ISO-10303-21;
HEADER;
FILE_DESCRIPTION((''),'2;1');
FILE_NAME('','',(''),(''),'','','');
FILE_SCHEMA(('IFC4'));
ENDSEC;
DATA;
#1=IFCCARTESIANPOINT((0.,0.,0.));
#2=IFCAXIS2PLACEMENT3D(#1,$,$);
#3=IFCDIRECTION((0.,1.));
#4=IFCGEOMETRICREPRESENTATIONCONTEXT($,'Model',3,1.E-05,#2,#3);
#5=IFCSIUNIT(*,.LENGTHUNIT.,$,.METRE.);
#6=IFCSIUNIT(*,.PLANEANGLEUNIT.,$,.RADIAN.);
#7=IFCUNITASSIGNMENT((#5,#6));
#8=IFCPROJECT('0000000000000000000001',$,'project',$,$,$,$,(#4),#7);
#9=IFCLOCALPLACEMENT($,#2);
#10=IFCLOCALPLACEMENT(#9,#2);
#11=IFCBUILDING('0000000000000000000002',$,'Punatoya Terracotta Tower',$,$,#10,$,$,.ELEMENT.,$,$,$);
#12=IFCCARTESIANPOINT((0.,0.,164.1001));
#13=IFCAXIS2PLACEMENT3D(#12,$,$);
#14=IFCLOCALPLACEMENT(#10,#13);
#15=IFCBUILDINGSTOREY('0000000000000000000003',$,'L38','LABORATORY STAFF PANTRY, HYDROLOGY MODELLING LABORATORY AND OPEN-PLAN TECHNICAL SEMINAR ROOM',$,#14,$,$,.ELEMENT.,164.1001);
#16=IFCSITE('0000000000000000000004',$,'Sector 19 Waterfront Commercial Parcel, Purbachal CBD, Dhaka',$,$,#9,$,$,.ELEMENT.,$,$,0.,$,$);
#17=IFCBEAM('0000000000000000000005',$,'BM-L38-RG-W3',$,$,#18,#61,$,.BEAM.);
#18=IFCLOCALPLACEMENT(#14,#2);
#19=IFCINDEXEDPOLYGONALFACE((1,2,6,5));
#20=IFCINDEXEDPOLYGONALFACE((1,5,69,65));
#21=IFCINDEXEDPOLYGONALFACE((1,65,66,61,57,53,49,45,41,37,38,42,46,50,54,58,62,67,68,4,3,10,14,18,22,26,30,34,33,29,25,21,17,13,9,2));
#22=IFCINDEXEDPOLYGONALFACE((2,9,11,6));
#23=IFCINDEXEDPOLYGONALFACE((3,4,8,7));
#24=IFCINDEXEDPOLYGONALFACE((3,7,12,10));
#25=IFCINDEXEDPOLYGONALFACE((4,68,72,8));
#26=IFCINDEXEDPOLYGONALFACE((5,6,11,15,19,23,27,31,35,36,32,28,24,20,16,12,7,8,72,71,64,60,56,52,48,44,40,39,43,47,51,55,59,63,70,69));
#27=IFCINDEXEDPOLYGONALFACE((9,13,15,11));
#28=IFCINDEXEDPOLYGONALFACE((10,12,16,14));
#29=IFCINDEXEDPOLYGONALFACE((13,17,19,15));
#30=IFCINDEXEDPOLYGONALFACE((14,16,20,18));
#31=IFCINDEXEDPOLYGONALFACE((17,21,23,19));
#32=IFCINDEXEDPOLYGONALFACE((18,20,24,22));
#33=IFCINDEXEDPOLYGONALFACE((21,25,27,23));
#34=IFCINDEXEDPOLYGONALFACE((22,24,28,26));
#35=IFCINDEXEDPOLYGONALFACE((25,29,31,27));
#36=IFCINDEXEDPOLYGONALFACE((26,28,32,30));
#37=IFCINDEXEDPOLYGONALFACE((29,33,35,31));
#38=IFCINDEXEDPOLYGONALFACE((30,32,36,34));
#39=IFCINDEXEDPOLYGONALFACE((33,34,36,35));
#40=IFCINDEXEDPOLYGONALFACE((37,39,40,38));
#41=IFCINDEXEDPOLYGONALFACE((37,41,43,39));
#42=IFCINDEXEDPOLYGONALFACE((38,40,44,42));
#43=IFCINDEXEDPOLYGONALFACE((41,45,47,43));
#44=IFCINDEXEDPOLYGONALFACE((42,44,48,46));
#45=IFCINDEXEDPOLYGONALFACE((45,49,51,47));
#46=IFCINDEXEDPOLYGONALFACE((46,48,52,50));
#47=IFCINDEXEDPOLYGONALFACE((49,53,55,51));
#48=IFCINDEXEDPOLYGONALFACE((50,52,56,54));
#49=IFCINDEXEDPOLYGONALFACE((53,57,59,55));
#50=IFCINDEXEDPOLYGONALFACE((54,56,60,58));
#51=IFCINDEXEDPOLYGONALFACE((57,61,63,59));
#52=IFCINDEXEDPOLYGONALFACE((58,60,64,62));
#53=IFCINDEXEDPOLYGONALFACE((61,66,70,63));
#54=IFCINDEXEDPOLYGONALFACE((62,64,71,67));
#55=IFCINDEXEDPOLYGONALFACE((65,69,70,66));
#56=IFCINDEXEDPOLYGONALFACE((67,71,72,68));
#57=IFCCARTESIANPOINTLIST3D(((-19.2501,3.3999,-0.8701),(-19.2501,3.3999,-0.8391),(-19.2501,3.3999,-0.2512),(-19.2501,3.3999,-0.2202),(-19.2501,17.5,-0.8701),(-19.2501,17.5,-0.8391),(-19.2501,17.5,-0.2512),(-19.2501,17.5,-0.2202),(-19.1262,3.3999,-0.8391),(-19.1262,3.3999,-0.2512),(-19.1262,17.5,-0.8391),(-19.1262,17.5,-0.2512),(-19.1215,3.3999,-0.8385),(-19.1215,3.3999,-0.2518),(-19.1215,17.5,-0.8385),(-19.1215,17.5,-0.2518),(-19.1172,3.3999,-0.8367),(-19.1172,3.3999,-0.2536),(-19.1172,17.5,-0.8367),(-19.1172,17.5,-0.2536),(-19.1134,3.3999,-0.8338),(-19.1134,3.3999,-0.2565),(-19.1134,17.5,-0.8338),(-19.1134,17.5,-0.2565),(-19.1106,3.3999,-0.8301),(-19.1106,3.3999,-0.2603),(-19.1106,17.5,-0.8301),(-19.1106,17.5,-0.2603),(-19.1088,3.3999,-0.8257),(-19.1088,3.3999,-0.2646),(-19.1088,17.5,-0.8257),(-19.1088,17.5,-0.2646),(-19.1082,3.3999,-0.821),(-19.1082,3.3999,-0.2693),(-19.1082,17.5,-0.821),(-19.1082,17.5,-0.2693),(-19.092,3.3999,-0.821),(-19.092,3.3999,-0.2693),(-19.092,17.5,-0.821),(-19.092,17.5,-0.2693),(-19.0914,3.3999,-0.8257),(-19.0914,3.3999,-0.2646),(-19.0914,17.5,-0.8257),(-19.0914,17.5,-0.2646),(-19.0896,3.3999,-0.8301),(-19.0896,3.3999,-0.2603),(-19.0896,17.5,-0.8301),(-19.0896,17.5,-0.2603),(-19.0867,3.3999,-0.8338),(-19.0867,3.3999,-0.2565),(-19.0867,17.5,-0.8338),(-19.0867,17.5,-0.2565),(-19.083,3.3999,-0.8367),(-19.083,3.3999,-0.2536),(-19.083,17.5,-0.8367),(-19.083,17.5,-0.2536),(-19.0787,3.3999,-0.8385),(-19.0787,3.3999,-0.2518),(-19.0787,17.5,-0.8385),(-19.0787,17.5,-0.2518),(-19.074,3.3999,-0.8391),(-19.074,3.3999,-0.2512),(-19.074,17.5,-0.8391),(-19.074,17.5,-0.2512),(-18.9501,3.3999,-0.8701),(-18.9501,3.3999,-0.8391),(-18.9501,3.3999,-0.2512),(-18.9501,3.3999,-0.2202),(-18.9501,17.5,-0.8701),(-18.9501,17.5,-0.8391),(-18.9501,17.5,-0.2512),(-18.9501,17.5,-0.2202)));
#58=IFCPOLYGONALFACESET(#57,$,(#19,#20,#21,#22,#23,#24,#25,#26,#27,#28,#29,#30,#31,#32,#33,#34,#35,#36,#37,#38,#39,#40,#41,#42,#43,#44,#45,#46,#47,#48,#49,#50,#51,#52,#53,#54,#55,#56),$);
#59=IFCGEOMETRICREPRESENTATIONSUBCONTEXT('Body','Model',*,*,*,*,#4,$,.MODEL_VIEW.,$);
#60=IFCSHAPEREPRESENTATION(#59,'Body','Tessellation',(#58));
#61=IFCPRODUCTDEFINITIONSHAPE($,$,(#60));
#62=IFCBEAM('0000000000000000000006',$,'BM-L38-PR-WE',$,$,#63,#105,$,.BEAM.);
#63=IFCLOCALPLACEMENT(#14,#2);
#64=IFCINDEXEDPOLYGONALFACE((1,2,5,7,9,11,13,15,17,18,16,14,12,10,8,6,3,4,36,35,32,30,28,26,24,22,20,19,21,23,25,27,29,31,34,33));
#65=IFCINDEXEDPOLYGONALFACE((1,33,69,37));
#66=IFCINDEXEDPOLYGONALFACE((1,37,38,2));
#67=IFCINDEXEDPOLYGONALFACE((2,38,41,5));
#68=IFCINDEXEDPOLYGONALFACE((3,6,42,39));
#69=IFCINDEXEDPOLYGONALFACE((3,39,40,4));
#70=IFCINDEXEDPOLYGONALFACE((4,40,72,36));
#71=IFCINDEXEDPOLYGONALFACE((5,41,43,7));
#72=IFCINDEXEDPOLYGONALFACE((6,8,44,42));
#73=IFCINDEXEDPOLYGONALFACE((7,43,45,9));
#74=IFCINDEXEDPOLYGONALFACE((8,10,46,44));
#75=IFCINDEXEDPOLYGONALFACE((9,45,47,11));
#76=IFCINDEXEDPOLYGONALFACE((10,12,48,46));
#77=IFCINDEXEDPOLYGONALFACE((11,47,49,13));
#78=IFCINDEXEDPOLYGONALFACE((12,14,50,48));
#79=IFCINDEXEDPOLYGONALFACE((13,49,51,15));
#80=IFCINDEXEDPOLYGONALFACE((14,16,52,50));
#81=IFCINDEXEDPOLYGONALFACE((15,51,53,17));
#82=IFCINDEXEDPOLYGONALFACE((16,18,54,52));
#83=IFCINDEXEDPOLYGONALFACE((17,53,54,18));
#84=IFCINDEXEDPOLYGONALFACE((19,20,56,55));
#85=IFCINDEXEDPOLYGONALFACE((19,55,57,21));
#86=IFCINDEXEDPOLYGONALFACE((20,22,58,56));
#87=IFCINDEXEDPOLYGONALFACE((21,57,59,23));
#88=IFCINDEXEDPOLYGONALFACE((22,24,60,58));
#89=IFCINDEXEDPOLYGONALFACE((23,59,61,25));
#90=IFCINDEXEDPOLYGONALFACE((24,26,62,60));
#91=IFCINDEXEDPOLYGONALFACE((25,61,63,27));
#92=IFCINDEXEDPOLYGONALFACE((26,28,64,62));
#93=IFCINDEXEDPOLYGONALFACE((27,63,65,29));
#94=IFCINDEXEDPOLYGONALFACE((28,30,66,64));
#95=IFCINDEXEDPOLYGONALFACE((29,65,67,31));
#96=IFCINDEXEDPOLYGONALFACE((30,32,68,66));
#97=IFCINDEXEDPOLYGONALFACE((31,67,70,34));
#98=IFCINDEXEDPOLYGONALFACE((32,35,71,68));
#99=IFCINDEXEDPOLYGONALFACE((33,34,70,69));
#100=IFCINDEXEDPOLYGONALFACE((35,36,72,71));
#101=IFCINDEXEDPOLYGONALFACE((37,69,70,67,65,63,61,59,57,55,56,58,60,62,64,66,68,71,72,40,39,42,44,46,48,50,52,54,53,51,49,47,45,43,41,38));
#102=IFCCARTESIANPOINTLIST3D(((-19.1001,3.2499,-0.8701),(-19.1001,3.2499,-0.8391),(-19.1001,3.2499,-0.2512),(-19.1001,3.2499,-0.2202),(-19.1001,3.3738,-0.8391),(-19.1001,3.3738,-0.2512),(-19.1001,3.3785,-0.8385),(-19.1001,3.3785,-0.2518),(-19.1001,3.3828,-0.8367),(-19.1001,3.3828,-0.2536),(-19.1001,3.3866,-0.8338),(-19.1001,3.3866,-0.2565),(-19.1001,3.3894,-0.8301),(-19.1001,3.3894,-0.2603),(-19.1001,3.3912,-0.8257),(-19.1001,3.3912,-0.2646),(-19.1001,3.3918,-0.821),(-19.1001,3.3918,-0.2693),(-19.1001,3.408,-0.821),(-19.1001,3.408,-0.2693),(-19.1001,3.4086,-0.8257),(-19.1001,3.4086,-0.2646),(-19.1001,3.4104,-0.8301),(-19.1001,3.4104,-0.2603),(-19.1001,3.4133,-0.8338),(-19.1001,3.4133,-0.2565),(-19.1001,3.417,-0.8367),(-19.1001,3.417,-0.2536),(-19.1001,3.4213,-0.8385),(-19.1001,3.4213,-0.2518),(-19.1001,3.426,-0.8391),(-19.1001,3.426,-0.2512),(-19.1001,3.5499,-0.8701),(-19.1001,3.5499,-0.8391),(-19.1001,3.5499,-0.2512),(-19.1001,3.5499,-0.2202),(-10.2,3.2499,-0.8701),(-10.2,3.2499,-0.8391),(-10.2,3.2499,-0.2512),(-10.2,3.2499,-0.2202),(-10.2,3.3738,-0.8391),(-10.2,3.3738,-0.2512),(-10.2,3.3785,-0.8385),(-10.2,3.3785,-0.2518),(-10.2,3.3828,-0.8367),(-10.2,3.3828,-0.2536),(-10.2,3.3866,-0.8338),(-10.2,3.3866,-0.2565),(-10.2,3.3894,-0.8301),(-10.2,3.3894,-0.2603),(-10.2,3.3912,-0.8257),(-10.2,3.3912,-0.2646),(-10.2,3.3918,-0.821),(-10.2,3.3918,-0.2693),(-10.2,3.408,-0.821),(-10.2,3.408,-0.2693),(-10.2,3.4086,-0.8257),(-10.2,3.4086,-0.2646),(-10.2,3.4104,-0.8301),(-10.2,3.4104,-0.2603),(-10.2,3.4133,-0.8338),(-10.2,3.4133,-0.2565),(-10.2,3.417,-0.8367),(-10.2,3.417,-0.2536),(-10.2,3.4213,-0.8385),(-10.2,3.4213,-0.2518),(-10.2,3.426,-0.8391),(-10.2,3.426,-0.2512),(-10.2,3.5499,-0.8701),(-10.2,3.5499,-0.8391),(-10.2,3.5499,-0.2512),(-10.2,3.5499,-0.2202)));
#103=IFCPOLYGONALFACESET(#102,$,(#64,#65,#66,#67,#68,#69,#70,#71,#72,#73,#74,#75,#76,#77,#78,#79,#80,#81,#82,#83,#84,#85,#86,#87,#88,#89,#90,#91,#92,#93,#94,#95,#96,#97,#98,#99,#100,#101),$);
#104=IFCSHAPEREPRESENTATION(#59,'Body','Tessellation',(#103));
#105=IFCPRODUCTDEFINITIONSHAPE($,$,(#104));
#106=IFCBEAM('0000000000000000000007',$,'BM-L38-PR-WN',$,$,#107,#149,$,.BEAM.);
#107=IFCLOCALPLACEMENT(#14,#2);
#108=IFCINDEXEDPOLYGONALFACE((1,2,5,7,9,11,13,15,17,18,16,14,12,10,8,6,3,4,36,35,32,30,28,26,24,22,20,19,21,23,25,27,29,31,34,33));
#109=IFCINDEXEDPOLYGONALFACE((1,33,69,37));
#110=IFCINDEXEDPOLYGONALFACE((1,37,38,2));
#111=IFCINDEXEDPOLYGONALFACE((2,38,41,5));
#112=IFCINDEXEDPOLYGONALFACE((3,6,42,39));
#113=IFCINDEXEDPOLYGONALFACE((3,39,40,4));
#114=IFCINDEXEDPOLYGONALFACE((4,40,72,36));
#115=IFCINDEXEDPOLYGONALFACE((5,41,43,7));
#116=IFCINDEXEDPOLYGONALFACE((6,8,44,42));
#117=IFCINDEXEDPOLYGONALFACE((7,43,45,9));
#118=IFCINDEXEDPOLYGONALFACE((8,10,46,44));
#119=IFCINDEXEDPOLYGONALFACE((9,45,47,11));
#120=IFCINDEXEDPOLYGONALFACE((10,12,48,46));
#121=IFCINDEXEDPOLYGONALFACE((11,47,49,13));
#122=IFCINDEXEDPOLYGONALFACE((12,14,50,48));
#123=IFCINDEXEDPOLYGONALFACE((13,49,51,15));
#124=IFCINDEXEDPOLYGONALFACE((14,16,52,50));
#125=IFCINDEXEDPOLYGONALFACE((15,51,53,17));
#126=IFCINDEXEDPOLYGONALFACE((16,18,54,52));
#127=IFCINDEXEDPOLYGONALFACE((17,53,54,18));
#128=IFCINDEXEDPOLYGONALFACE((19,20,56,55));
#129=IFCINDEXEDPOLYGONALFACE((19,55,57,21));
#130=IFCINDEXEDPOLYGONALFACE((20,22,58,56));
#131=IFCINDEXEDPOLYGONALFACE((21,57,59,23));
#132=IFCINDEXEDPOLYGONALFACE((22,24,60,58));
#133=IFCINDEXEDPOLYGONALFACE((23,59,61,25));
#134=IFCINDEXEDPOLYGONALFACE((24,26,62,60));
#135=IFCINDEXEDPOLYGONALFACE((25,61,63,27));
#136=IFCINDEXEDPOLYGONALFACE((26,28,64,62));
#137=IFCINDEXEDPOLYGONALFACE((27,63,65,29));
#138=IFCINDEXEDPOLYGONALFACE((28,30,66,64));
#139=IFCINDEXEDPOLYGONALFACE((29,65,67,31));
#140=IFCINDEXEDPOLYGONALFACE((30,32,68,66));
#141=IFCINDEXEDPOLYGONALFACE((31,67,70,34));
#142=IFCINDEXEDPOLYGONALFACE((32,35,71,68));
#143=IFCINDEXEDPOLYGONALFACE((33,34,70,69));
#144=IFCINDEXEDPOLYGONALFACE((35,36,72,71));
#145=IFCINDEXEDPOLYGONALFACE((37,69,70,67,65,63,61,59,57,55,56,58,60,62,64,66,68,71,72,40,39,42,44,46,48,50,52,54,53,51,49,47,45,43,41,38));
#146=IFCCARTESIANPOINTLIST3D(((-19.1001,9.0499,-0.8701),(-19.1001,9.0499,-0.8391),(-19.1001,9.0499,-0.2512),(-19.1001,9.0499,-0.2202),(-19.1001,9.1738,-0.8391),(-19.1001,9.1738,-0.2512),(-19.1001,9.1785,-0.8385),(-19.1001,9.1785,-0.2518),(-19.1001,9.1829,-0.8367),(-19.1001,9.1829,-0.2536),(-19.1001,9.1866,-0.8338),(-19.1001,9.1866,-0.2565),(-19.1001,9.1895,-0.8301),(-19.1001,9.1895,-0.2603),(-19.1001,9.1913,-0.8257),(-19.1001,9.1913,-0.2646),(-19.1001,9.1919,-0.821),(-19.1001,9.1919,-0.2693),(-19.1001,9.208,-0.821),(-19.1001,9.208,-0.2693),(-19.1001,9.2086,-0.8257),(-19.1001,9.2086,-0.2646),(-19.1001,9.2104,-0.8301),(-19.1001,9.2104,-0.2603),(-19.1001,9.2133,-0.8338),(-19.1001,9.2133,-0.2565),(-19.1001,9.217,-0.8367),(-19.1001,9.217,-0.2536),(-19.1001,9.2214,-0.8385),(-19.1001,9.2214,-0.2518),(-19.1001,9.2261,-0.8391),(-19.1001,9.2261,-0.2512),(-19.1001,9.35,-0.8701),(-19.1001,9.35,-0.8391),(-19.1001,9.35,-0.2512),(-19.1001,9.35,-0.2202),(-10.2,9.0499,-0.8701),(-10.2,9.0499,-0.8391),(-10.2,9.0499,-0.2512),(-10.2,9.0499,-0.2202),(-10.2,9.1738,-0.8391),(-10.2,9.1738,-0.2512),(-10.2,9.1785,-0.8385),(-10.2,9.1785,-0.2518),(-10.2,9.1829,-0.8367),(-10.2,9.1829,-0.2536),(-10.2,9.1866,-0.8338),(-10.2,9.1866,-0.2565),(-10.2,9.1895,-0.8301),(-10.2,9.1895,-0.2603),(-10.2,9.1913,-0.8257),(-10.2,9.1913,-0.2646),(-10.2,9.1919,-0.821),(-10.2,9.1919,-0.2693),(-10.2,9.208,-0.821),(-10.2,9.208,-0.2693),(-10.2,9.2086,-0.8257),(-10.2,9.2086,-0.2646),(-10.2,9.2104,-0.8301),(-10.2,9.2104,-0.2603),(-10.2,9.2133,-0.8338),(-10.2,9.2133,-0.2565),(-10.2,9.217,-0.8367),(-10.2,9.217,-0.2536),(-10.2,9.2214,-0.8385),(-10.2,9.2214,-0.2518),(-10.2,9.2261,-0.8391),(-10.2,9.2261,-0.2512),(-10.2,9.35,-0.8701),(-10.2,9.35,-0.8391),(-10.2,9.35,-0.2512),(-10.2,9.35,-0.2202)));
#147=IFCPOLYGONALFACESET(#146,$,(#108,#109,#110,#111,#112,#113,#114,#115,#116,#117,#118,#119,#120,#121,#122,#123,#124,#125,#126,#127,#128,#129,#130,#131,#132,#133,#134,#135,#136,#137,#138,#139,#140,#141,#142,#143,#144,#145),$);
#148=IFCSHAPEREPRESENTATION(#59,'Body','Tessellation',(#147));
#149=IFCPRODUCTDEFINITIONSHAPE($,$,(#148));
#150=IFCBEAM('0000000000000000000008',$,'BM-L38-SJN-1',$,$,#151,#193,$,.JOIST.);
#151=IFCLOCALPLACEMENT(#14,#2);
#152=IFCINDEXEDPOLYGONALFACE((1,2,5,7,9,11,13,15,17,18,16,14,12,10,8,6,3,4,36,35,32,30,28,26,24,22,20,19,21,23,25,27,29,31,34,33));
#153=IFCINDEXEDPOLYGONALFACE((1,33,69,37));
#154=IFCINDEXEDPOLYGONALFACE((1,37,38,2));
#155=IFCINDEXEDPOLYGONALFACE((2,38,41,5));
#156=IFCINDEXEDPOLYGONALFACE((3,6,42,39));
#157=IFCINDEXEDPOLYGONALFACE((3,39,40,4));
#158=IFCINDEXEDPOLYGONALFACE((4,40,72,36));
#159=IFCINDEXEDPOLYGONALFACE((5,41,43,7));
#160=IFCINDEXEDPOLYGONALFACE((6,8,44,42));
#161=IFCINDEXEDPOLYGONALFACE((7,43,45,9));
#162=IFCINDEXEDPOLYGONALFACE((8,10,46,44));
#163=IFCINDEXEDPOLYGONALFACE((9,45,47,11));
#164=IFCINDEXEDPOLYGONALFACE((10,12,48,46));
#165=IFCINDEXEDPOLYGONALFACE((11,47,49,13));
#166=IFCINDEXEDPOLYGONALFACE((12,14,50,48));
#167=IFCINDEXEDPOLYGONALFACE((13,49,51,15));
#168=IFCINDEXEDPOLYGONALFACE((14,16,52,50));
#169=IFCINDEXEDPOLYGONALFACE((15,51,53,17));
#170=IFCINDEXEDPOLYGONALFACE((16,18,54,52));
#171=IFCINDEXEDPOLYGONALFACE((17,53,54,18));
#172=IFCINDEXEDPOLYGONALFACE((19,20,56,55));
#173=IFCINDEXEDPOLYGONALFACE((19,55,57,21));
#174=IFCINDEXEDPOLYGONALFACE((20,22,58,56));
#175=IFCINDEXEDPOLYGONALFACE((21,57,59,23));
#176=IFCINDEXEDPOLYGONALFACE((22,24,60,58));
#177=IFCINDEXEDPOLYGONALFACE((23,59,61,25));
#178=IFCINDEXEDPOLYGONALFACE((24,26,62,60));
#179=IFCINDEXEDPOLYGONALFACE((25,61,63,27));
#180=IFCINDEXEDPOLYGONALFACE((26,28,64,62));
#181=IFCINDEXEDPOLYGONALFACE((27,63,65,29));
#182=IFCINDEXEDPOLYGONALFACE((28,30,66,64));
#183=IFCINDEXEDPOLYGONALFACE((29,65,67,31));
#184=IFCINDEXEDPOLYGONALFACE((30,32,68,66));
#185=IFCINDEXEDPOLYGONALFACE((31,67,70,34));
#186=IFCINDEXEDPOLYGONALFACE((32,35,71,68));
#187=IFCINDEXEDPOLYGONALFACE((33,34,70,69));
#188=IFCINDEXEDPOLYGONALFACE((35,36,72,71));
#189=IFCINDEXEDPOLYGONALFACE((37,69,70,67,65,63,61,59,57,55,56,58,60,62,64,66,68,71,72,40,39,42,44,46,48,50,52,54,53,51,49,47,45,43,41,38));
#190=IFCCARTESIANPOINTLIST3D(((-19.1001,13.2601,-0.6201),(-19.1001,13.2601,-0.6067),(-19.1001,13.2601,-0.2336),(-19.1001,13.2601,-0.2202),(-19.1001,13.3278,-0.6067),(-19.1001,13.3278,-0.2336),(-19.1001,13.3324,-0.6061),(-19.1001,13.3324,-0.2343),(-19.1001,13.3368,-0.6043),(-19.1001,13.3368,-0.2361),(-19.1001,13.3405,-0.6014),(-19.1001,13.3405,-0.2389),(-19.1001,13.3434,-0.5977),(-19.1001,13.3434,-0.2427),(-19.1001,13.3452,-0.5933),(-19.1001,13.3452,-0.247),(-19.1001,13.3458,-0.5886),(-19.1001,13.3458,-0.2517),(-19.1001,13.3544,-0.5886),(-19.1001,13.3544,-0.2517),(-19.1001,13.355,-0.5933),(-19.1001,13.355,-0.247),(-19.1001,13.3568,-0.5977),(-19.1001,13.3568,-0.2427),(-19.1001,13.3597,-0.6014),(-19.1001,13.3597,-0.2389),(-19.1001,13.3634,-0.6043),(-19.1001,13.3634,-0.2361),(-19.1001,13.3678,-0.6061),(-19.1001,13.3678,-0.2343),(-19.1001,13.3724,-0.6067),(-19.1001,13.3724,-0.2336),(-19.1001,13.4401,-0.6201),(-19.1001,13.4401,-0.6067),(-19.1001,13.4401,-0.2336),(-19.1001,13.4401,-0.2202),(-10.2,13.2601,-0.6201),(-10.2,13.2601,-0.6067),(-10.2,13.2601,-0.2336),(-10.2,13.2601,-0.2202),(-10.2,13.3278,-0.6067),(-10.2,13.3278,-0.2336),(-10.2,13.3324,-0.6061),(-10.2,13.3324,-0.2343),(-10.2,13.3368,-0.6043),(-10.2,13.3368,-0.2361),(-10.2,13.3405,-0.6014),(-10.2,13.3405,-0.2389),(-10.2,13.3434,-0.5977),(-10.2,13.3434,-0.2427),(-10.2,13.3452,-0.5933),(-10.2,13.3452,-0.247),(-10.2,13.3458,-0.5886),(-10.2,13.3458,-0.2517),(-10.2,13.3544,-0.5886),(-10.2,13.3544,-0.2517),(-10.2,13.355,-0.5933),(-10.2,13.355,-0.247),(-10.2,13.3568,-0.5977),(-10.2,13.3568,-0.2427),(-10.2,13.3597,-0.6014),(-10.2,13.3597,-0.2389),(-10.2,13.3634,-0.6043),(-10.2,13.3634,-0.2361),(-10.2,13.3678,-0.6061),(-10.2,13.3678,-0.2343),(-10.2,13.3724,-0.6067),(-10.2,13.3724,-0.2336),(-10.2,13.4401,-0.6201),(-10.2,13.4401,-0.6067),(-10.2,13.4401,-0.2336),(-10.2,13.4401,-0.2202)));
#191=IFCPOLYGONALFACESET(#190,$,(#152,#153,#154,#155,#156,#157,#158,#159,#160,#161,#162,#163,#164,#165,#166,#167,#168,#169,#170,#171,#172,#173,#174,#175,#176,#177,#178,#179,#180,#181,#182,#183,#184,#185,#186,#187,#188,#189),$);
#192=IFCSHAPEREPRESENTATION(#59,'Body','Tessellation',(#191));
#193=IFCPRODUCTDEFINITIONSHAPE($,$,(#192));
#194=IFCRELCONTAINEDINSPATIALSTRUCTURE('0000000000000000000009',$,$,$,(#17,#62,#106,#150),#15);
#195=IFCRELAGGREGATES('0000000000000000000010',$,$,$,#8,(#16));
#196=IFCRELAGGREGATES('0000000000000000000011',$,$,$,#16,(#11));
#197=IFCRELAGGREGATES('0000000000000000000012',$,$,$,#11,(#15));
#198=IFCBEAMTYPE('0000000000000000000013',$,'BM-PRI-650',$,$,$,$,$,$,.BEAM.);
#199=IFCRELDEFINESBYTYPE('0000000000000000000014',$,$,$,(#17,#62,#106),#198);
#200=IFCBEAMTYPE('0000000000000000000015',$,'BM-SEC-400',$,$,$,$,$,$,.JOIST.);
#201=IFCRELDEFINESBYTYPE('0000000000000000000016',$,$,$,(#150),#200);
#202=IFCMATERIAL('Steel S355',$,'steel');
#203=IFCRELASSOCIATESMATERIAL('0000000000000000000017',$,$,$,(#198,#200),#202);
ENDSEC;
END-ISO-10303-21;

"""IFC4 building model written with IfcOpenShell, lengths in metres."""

from ifc_helpers import new_model, si_unit, direction, frame, origin, origin_2d, place, context, subcontext, project, spatial, i_section, extrude, material, material_profile, profile_set, type_object, element, save


model = new_model("IFC4")

# Units and contexts
model_context = context("Model", 3, precision=1e-05, world=origin(), true_north=direction((0.0, 1.0)))
body_context = subcontext(model_context, "Body", "Model", "MODEL_VIEW")
ifc_project = project(units=[si_unit("LENGTHUNIT", "METRE"), si_unit("PLANEANGLEUNIT", "RADIAN")], contexts=[model_context])

# Site, building, storey
site_placement = place(None, origin())
site = spatial("IfcSite", under=ifc_project, at=site_placement, Name="Sector 19 Waterfront Commercial Parcel, Purbachal CBD, Dhaka", CompositionType="ELEMENT", RefElevation=0.0)
building_placement = place(site_placement, origin())
building = spatial("IfcBuilding", under=site, at=building_placement, Name="Punatoya Terracotta Tower", CompositionType="ELEMENT")
storey_placement = place(building_placement, frame((0.0, 0.0, 164.1001)))
storey = spatial("IfcBuildingStorey", under=building, at=storey_placement, Name="L38", Description="LABORATORY STAFF PANTRY, HYDROLOGY MODELLING LABORATORY AND OPEN-PLAN TECHNICAL SEMINAR ROOM", CompositionType="ELEMENT", Elevation=164.1001)

# Beams
ifc_material_1 = material(Name="Steel S355", Category="steel")
ifc_material_profile_1 = material_profile(ifc_material_1, i_section(OverallWidth=0.3, OverallDepth=0.6499, WebThickness=0.0161, FlangeThickness=0.031, FilletRadius=0.0181, at=origin_2d()))
ifc_profile_set_1 = profile_set([ifc_material_profile_1], Name="Steel S355")
beam_type_1 = type_object("IfcBeamType", Name="BM-PRI-650", PredefinedType="BEAM", material=ifc_profile_set_1)
beam_1_placement = place(storey_placement, frame((-19.1001, 3.3999, -0.5452), z_axis=(0.0, 1.0, 0.0), x_axis=(-1.0, 0.0, 0.0)))
element("IfcBeam", 1, at=beam_1_placement, inside=storey, type_object=beam_type_1, Name="BM-L38-RG-W3", PredefinedType="BEAM", context=body_context, shape_type="SweptSolid", body=[
    extrude(i_section(OverallWidth=0.3, OverallDepth=0.6499, WebThickness=0.0161, FlangeThickness=0.031, FilletRadius=0.0181, at=origin_2d()), origin(), (0.0, 0.0, 1.0), 14.1001),
])
for number, where, z_axis, x_axis, name in (
    (2, (-19.1001, 3.3999, -0.5452), (1.0, 0.0, 0.0), (0.0, 1.0, 0.0), "BM-L38-PR-WE"),
    (3, (-19.1001, 9.2, -0.5452), (1.0, 0.0, 0.0), (0.0, 1.0, 0.0), "BM-L38-PR-WN"),
):
    element("IfcBeam", number, at=place(storey_placement, frame(where, z_axis=z_axis, x_axis=x_axis)), inside=storey, type_object=beam_type_1, Name=name, PredefinedType="BEAM", context=body_context, shape_type="SweptSolid", body=[
        extrude(i_section(OverallWidth=0.3, OverallDepth=0.6499, WebThickness=0.0161, FlangeThickness=0.031, FilletRadius=0.0181, at=origin_2d()), origin(), (0.0, 0.0, 1.0), 8.9001),
    ])
ifc_material_profile_2 = material_profile(ifc_material_1, i_section(OverallWidth=0.1799, OverallDepth=0.3999, WebThickness=0.0085, FlangeThickness=0.0134, FilletRadius=0.0181, at=origin_2d()))
ifc_profile_set_2 = profile_set([ifc_material_profile_2], Name="Steel S355")
beam_type_2 = type_object("IfcBeamType", Name="BM-SEC-400", PredefinedType="JOIST", material=ifc_profile_set_2)
beam_2_placement = place(storey_placement, frame((-19.1001, 13.3501, -0.4202), z_axis=(1.0, 0.0, 0.0), x_axis=(0.0, 1.0, 0.0)))
element("IfcBeam", 4, at=beam_2_placement, inside=storey, type_object=beam_type_2, Name="BM-L38-SJN-1", PredefinedType="JOIST", context=body_context, shape_type="SweptSolid", body=[
    extrude(i_section(OverallWidth=0.1799, OverallDepth=0.3999, WebThickness=0.0085, FlangeThickness=0.0134, FilletRadius=0.0181, at=origin_2d()), origin(), (0.0, 0.0, 1.0), 8.9001),
])

save(model, "model.ifc")
